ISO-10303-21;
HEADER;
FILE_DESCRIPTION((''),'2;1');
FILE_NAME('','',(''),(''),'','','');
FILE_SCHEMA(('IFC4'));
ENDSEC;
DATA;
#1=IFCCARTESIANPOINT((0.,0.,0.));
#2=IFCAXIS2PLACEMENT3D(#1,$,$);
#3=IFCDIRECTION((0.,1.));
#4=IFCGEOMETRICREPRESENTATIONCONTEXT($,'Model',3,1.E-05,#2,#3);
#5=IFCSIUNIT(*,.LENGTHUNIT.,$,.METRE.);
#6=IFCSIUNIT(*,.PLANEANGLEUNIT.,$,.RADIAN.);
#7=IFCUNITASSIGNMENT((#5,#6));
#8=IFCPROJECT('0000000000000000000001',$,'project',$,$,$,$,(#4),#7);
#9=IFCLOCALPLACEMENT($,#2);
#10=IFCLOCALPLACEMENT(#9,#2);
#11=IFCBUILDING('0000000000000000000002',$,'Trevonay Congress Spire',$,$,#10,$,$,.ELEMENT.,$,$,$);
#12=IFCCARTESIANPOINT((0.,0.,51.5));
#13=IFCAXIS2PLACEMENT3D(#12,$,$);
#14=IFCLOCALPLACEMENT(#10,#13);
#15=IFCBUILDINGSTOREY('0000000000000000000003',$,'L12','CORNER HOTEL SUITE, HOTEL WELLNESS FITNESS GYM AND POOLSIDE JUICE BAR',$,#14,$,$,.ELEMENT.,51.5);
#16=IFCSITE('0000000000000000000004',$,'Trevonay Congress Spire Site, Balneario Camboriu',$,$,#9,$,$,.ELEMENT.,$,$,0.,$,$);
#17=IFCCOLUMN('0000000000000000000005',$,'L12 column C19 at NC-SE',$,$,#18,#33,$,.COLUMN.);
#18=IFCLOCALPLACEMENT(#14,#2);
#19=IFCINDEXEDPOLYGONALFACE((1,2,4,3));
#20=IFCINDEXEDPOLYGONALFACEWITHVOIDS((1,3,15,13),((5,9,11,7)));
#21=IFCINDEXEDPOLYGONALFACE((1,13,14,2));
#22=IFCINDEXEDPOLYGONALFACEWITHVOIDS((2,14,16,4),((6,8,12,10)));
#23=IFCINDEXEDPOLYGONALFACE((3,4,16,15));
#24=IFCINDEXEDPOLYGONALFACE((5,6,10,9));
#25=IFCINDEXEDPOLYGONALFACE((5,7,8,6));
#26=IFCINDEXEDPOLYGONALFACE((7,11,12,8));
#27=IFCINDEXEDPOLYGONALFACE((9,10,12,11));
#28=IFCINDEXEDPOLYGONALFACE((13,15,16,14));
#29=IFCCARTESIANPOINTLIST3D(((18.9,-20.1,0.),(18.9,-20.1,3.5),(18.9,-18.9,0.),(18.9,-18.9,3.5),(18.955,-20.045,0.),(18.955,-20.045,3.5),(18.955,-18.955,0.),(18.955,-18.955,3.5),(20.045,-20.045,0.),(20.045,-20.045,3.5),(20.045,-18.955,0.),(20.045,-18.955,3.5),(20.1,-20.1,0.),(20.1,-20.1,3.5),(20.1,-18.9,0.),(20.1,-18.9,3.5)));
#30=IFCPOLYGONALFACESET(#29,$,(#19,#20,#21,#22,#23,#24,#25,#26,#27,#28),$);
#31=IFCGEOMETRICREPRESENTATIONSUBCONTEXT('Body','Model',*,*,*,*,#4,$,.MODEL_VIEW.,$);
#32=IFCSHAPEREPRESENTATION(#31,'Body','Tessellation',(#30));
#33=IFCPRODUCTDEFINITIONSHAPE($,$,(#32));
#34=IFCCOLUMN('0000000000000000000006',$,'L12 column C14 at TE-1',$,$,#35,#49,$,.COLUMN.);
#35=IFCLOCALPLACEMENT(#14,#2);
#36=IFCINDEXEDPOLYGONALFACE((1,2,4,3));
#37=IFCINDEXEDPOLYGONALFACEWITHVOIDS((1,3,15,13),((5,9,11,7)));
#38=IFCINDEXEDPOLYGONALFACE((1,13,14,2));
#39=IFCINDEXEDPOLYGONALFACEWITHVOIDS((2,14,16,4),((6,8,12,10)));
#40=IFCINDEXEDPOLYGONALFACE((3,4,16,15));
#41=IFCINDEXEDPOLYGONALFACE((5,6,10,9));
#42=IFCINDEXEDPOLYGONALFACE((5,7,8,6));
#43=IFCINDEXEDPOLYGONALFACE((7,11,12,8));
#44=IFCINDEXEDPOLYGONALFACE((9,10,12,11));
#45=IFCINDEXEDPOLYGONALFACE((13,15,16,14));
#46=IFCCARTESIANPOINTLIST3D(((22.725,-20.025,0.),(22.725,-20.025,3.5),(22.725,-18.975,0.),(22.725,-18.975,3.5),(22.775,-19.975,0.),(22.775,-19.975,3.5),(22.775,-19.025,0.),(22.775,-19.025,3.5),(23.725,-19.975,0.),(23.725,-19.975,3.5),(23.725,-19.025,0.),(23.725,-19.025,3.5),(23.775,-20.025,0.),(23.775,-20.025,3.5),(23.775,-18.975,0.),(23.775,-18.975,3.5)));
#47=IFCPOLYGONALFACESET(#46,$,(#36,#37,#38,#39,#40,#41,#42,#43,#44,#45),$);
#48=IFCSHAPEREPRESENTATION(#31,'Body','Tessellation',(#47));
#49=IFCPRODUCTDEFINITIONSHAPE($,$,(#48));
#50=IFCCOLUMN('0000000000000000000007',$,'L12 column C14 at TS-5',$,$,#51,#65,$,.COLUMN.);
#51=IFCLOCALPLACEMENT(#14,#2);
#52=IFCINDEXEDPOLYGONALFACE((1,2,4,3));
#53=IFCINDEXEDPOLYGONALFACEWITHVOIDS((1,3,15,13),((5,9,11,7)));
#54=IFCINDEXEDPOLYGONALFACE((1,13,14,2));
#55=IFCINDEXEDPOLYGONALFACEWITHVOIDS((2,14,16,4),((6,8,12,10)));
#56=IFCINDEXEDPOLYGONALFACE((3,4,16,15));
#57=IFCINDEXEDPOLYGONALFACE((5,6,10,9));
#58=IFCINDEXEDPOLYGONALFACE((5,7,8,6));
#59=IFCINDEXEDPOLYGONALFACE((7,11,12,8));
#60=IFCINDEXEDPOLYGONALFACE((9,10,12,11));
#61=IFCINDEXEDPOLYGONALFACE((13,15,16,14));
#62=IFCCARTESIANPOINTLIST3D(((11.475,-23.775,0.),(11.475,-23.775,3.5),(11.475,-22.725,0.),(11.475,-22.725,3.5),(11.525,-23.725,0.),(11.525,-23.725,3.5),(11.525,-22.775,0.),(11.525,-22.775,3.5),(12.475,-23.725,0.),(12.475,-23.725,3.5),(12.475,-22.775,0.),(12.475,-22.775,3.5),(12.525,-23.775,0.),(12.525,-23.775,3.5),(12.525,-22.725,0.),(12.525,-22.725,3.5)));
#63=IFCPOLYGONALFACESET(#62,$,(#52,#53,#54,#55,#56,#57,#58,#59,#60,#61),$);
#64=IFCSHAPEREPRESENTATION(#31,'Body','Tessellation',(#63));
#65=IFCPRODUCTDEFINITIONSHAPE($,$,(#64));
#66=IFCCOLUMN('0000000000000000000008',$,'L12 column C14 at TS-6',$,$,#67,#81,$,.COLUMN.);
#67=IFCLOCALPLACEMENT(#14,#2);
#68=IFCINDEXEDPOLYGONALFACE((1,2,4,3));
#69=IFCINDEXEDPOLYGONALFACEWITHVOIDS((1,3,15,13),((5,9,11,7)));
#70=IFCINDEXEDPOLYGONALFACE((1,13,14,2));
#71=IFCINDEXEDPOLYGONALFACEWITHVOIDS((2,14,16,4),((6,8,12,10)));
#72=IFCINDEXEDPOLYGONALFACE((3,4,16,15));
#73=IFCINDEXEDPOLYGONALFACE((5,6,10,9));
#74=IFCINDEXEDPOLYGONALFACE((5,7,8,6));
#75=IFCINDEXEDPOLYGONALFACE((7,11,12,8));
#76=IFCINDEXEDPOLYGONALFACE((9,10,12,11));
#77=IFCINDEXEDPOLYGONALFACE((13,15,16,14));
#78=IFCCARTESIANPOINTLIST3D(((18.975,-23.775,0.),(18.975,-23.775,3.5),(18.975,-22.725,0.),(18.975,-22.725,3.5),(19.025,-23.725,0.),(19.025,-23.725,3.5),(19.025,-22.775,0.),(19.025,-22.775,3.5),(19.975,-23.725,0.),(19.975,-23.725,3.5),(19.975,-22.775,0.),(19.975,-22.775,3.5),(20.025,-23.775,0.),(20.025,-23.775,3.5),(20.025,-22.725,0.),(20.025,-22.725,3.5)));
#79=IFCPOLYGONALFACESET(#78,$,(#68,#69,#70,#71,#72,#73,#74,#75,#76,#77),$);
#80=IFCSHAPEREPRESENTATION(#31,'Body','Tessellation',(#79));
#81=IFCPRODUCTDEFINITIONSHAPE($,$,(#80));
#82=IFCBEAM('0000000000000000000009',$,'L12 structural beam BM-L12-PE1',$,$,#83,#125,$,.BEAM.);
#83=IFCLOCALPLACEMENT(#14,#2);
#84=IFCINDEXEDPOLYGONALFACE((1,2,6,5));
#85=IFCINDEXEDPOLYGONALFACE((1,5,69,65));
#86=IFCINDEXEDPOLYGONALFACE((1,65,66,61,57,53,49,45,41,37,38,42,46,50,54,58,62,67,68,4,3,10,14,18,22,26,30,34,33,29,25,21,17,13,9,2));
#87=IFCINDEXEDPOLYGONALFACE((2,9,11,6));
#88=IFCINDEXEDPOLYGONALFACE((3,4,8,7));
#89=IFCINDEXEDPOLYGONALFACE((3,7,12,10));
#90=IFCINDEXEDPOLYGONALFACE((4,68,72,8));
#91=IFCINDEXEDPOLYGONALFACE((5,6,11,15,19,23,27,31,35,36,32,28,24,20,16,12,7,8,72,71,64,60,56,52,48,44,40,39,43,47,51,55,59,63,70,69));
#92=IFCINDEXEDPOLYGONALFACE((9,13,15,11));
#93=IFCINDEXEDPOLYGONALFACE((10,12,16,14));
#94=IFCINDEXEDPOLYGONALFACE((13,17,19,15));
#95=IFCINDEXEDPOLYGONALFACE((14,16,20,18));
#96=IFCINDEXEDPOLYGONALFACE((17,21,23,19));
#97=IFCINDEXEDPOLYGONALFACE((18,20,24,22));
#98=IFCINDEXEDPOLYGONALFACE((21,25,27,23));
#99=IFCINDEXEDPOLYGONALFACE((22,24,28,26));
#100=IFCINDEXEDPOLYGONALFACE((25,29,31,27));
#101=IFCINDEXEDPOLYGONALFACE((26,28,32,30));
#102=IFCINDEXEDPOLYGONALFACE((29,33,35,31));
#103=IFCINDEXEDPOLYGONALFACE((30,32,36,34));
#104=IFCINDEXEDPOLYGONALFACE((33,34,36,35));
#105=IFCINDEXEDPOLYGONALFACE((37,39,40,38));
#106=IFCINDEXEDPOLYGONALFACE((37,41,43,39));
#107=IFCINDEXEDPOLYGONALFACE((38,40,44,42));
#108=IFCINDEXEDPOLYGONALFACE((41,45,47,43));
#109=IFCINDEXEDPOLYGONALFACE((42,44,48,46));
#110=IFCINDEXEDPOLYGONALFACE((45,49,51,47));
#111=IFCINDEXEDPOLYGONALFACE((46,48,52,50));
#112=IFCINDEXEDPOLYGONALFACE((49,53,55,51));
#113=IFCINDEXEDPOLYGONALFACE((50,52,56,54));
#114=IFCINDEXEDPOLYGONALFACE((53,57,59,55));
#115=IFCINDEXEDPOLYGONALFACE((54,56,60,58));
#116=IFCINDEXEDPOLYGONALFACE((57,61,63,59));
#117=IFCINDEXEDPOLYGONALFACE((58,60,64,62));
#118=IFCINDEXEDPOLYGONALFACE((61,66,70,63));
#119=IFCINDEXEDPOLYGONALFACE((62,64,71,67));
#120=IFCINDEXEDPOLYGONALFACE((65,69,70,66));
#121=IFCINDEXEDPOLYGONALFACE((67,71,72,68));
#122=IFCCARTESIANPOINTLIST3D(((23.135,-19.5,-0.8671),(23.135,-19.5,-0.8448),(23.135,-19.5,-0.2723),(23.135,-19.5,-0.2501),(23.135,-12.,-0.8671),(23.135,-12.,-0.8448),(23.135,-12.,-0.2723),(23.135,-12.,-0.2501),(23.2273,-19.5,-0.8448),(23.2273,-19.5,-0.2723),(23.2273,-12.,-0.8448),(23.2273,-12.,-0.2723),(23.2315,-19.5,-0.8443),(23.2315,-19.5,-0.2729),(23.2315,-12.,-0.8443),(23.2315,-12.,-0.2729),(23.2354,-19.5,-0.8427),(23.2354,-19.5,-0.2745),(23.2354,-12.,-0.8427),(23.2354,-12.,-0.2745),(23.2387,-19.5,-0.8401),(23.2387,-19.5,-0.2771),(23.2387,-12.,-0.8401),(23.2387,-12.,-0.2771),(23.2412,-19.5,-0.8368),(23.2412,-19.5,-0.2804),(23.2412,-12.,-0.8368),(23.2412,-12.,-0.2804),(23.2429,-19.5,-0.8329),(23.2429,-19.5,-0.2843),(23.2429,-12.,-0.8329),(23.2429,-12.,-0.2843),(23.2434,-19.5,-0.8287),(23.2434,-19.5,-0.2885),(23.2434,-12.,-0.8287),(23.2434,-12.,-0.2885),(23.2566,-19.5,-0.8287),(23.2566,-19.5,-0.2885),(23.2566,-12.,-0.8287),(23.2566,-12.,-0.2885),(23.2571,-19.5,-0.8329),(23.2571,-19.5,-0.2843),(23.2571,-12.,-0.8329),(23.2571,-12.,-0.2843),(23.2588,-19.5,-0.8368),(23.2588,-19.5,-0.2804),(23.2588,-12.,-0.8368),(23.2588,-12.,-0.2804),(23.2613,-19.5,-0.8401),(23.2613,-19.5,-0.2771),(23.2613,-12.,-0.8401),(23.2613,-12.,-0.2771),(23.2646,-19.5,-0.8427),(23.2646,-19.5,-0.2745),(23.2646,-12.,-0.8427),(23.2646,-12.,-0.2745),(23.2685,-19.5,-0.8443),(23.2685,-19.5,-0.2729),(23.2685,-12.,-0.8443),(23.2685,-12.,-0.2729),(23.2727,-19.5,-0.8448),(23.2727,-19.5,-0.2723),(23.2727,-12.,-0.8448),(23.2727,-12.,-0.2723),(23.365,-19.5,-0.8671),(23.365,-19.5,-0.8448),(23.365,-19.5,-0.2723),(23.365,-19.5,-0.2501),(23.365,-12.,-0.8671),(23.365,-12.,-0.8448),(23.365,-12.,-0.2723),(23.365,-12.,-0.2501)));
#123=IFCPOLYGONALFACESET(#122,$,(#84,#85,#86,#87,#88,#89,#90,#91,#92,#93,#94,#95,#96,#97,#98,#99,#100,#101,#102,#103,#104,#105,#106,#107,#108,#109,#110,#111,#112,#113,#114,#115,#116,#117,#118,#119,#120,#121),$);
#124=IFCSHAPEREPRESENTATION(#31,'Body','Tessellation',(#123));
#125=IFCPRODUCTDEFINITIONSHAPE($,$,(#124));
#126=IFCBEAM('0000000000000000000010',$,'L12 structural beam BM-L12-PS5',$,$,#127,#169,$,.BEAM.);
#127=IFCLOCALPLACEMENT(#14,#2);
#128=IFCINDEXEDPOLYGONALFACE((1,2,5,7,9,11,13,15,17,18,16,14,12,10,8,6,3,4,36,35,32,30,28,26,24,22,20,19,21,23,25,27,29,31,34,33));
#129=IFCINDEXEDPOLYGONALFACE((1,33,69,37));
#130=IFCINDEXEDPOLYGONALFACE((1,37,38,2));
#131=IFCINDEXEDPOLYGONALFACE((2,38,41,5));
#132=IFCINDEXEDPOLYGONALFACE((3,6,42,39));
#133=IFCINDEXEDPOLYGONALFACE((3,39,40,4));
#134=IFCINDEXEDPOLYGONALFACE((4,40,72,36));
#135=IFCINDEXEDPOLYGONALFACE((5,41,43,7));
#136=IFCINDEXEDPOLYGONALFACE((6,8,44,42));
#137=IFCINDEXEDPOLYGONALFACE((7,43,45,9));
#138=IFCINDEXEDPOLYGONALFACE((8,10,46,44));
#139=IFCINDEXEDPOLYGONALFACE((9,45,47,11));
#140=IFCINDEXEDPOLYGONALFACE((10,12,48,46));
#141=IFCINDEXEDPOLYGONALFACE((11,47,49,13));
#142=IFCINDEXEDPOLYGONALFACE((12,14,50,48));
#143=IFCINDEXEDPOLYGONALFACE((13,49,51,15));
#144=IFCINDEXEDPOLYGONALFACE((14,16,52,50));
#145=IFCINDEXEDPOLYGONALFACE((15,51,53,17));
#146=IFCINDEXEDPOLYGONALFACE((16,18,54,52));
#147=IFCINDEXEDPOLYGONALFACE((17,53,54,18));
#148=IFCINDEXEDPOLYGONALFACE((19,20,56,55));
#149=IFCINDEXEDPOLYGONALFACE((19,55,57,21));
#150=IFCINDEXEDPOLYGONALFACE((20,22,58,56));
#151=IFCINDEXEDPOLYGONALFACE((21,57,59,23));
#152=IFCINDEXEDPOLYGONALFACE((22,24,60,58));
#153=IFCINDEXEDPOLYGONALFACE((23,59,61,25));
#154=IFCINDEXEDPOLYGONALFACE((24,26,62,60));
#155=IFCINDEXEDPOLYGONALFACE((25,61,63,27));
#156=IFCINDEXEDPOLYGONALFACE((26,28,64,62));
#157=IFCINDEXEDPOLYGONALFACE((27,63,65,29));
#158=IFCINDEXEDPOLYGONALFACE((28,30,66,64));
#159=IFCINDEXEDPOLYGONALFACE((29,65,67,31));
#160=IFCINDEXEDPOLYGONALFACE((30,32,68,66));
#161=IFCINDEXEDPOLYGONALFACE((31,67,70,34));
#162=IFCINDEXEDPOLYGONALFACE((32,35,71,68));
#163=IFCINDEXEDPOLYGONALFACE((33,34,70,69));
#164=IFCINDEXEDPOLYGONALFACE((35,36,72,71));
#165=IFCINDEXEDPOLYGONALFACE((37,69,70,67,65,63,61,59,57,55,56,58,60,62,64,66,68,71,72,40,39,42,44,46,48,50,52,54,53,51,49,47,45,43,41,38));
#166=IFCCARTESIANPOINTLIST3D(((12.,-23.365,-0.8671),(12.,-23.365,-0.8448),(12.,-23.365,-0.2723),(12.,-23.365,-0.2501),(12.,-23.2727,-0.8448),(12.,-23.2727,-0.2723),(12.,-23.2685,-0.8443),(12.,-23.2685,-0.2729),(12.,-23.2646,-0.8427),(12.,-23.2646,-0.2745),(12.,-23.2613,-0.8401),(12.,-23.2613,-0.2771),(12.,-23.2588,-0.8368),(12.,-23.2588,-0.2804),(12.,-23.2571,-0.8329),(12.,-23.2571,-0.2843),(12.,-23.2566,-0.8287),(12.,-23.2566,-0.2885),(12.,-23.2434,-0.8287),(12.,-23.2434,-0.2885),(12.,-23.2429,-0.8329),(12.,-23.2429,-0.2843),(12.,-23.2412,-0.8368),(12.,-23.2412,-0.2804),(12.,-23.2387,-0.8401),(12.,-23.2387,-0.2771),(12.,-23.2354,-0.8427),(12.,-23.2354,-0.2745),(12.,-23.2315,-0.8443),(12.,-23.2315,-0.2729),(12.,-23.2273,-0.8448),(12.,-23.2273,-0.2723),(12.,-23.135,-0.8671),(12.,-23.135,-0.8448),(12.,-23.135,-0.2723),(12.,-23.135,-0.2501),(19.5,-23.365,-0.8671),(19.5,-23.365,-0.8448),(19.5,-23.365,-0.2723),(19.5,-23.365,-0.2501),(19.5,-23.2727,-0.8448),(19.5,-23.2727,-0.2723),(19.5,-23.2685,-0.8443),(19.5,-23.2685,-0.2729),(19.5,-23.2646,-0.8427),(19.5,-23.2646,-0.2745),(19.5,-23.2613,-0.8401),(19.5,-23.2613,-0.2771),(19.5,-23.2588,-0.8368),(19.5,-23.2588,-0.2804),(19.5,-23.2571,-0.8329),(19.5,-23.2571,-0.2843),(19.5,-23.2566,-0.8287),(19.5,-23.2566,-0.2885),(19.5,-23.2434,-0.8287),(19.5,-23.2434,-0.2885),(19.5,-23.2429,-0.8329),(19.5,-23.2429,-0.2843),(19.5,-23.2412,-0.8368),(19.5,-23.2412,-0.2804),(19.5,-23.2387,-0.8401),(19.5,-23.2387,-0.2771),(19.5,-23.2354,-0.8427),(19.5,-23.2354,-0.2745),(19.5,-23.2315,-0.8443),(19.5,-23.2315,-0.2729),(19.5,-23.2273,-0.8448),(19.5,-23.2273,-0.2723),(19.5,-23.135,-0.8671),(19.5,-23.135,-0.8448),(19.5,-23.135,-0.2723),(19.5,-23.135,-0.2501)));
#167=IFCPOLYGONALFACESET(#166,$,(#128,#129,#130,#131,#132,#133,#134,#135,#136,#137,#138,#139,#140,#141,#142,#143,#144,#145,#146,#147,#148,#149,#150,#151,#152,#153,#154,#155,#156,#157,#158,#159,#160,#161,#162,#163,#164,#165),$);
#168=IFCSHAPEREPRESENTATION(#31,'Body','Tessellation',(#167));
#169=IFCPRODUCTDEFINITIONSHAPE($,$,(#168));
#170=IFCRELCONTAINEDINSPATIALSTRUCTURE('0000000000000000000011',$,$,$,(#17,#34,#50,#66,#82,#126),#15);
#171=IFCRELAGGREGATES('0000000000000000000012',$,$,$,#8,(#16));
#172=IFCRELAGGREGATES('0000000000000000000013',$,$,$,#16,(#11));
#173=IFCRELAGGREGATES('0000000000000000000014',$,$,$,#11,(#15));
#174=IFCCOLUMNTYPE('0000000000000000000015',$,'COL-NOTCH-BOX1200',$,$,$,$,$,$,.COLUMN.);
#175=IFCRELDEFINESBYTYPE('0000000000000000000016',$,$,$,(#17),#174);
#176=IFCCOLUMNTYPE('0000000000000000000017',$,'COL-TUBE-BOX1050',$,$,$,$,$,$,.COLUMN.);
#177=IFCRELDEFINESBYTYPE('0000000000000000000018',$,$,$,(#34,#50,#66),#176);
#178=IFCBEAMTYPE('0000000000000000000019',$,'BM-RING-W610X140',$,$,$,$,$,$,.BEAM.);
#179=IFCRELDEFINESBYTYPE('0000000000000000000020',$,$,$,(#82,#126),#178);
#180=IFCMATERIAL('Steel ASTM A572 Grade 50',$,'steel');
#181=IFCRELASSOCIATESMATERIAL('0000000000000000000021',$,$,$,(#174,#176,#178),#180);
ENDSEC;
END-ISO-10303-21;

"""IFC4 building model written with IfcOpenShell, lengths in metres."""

from ifc_helpers import new_model, si_unit, direction, frame, origin, origin_2d, place, context, subcontext, project, spatial, hollow_rectangle, i_section, extrude, material, material_profile, profile_set, type_object, element, save


model = new_model("IFC4")

# Units and contexts
model_context = context("Model", 3, precision=1e-05, world=origin(), true_north=direction((0.0, 1.0)))
body_context = subcontext(model_context, "Body", "Model", "MODEL_VIEW")
ifc_project = project(units=[si_unit("LENGTHUNIT", "METRE"), si_unit("PLANEANGLEUNIT", "RADIAN")], contexts=[model_context])

# Site, building, storey
site_placement = place(None, origin())
site = spatial("IfcSite", under=ifc_project, at=site_placement, Name="Trevonay Congress Spire Site, Balneario Camboriu", CompositionType="ELEMENT", RefElevation=0.0)
building_placement = place(site_placement, origin())
building = spatial("IfcBuilding", under=site, at=building_placement, Name="Trevonay Congress Spire", CompositionType="ELEMENT")
storey_placement = place(building_placement, frame((0.0, 0.0, 51.5)))
storey = spatial("IfcBuildingStorey", under=building, at=storey_placement, Name="L12", Description="CORNER HOTEL SUITE, HOTEL WELLNESS FITNESS GYM AND POOLSIDE JUICE BAR", CompositionType="ELEMENT", Elevation=51.5)

# Columns
ifc_material_1 = material(Name="Steel ASTM A572 Grade 50", Category="steel")
ifc_material_profile_1 = material_profile(ifc_material_1, hollow_rectangle(XDim=1.2, YDim=1.2, WallThickness=0.0549, at=origin_2d()), Name="BOX 1200x1200x55")
ifc_profile_set_1 = profile_set([ifc_material_profile_1], Name="Steel ASTM A572 Grade 50")
column_type_1 = type_object("IfcColumnType", Name="COL-NOTCH-BOX1200", PredefinedType="COLUMN", material=ifc_profile_set_1)
column_placement = place(storey_placement, frame((19.5, -19.5, 0.0), z_axis=(0.0, 0.0, 1.0), x_axis=(1.0, 0.0, 0.0)))
element("IfcColumn", 1, at=column_placement, inside=storey, type_object=column_type_1, Name="L12 column C19 at NC-SE", PredefinedType="COLUMN", context=body_context, shape_type="SweptSolid", body=[
    extrude(hollow_rectangle(XDim=1.2, YDim=1.2, WallThickness=0.0549, at=origin_2d()), origin(), (0.0, 0.0, 1.0), 3.5),
])
ifc_material_profile_2 = material_profile(ifc_material_1, hollow_rectangle(XDim=1.05, YDim=1.05, WallThickness=0.05, at=origin_2d()), Name="BOX 1050x1050x50")
ifc_profile_set_2 = profile_set([ifc_material_profile_2], Name="Steel ASTM A572 Grade 50")
column_type_2 = type_object("IfcColumnType", Name="COL-TUBE-BOX1050", PredefinedType="COLUMN", material=ifc_profile_set_2)
for number, where, z_axis, x_axis, name in (
    (2, (23.25, -19.5, 0.0), (0.0, 0.0, 1.0), (1.0, 0.0, 0.0), "L12 column C14 at TE-1"),
    (3, (12.0, -23.25, 0.0), (0.0, 0.0, 1.0), (1.0, 0.0, 0.0), "L12 column C14 at TS-5"),
    (4, (19.5, -23.25, 0.0), (0.0, 0.0, 1.0), (1.0, 0.0, 0.0), "L12 column C14 at TS-6"),
):
    element("IfcColumn", number, at=place(storey_placement, frame(where, z_axis=z_axis, x_axis=x_axis)), inside=storey, type_object=column_type_2, Name=name, PredefinedType="COLUMN", context=body_context, shape_type="SweptSolid", body=[
        extrude(hollow_rectangle(XDim=1.05, YDim=1.05, WallThickness=0.05, at=origin_2d()), origin(), (0.0, 0.0, 1.0), 3.5),
    ])

# Beams
ifc_material_profile_3 = material_profile(ifc_material_1, i_section(OverallWidth=0.23, OverallDepth=0.6169, WebThickness=0.0132, FlangeThickness=0.0222, FilletRadius=0.0161, at=origin_2d()), Name="W610x140")
ifc_profile_set_3 = profile_set([ifc_material_profile_3], Name="Steel ASTM A572 Grade 50")
beam_type = type_object("IfcBeamType", Name="BM-RING-W610X140", PredefinedType="BEAM", material=ifc_profile_set_3)
for number, where, z_axis, x_axis, name in (
    (5, (23.25, -19.5, -0.5586), (0.0, 1.0, 0.0), (-1.0, 0.0, 0.0), "L12 structural beam BM-L12-PE1"),
    (6, (12.0, -23.25, -0.5586), (1.0, 0.0, 0.0), (0.0, 1.0, 0.0), "L12 structural beam BM-L12-PS5"),
):
    element("IfcBeam", number, at=place(storey_placement, frame(where, z_axis=z_axis, x_axis=x_axis)), inside=storey, type_object=beam_type, Name=name, PredefinedType="BEAM", context=body_context, shape_type="SweptSolid", body=[
        extrude(i_section(OverallWidth=0.23, OverallDepth=0.6169, WebThickness=0.0132, FlangeThickness=0.0222, FilletRadius=0.0161, at=origin_2d()), origin(), (0.0, 0.0, 1.0), 7.5),
    ])

save(model, "model.ifc")
